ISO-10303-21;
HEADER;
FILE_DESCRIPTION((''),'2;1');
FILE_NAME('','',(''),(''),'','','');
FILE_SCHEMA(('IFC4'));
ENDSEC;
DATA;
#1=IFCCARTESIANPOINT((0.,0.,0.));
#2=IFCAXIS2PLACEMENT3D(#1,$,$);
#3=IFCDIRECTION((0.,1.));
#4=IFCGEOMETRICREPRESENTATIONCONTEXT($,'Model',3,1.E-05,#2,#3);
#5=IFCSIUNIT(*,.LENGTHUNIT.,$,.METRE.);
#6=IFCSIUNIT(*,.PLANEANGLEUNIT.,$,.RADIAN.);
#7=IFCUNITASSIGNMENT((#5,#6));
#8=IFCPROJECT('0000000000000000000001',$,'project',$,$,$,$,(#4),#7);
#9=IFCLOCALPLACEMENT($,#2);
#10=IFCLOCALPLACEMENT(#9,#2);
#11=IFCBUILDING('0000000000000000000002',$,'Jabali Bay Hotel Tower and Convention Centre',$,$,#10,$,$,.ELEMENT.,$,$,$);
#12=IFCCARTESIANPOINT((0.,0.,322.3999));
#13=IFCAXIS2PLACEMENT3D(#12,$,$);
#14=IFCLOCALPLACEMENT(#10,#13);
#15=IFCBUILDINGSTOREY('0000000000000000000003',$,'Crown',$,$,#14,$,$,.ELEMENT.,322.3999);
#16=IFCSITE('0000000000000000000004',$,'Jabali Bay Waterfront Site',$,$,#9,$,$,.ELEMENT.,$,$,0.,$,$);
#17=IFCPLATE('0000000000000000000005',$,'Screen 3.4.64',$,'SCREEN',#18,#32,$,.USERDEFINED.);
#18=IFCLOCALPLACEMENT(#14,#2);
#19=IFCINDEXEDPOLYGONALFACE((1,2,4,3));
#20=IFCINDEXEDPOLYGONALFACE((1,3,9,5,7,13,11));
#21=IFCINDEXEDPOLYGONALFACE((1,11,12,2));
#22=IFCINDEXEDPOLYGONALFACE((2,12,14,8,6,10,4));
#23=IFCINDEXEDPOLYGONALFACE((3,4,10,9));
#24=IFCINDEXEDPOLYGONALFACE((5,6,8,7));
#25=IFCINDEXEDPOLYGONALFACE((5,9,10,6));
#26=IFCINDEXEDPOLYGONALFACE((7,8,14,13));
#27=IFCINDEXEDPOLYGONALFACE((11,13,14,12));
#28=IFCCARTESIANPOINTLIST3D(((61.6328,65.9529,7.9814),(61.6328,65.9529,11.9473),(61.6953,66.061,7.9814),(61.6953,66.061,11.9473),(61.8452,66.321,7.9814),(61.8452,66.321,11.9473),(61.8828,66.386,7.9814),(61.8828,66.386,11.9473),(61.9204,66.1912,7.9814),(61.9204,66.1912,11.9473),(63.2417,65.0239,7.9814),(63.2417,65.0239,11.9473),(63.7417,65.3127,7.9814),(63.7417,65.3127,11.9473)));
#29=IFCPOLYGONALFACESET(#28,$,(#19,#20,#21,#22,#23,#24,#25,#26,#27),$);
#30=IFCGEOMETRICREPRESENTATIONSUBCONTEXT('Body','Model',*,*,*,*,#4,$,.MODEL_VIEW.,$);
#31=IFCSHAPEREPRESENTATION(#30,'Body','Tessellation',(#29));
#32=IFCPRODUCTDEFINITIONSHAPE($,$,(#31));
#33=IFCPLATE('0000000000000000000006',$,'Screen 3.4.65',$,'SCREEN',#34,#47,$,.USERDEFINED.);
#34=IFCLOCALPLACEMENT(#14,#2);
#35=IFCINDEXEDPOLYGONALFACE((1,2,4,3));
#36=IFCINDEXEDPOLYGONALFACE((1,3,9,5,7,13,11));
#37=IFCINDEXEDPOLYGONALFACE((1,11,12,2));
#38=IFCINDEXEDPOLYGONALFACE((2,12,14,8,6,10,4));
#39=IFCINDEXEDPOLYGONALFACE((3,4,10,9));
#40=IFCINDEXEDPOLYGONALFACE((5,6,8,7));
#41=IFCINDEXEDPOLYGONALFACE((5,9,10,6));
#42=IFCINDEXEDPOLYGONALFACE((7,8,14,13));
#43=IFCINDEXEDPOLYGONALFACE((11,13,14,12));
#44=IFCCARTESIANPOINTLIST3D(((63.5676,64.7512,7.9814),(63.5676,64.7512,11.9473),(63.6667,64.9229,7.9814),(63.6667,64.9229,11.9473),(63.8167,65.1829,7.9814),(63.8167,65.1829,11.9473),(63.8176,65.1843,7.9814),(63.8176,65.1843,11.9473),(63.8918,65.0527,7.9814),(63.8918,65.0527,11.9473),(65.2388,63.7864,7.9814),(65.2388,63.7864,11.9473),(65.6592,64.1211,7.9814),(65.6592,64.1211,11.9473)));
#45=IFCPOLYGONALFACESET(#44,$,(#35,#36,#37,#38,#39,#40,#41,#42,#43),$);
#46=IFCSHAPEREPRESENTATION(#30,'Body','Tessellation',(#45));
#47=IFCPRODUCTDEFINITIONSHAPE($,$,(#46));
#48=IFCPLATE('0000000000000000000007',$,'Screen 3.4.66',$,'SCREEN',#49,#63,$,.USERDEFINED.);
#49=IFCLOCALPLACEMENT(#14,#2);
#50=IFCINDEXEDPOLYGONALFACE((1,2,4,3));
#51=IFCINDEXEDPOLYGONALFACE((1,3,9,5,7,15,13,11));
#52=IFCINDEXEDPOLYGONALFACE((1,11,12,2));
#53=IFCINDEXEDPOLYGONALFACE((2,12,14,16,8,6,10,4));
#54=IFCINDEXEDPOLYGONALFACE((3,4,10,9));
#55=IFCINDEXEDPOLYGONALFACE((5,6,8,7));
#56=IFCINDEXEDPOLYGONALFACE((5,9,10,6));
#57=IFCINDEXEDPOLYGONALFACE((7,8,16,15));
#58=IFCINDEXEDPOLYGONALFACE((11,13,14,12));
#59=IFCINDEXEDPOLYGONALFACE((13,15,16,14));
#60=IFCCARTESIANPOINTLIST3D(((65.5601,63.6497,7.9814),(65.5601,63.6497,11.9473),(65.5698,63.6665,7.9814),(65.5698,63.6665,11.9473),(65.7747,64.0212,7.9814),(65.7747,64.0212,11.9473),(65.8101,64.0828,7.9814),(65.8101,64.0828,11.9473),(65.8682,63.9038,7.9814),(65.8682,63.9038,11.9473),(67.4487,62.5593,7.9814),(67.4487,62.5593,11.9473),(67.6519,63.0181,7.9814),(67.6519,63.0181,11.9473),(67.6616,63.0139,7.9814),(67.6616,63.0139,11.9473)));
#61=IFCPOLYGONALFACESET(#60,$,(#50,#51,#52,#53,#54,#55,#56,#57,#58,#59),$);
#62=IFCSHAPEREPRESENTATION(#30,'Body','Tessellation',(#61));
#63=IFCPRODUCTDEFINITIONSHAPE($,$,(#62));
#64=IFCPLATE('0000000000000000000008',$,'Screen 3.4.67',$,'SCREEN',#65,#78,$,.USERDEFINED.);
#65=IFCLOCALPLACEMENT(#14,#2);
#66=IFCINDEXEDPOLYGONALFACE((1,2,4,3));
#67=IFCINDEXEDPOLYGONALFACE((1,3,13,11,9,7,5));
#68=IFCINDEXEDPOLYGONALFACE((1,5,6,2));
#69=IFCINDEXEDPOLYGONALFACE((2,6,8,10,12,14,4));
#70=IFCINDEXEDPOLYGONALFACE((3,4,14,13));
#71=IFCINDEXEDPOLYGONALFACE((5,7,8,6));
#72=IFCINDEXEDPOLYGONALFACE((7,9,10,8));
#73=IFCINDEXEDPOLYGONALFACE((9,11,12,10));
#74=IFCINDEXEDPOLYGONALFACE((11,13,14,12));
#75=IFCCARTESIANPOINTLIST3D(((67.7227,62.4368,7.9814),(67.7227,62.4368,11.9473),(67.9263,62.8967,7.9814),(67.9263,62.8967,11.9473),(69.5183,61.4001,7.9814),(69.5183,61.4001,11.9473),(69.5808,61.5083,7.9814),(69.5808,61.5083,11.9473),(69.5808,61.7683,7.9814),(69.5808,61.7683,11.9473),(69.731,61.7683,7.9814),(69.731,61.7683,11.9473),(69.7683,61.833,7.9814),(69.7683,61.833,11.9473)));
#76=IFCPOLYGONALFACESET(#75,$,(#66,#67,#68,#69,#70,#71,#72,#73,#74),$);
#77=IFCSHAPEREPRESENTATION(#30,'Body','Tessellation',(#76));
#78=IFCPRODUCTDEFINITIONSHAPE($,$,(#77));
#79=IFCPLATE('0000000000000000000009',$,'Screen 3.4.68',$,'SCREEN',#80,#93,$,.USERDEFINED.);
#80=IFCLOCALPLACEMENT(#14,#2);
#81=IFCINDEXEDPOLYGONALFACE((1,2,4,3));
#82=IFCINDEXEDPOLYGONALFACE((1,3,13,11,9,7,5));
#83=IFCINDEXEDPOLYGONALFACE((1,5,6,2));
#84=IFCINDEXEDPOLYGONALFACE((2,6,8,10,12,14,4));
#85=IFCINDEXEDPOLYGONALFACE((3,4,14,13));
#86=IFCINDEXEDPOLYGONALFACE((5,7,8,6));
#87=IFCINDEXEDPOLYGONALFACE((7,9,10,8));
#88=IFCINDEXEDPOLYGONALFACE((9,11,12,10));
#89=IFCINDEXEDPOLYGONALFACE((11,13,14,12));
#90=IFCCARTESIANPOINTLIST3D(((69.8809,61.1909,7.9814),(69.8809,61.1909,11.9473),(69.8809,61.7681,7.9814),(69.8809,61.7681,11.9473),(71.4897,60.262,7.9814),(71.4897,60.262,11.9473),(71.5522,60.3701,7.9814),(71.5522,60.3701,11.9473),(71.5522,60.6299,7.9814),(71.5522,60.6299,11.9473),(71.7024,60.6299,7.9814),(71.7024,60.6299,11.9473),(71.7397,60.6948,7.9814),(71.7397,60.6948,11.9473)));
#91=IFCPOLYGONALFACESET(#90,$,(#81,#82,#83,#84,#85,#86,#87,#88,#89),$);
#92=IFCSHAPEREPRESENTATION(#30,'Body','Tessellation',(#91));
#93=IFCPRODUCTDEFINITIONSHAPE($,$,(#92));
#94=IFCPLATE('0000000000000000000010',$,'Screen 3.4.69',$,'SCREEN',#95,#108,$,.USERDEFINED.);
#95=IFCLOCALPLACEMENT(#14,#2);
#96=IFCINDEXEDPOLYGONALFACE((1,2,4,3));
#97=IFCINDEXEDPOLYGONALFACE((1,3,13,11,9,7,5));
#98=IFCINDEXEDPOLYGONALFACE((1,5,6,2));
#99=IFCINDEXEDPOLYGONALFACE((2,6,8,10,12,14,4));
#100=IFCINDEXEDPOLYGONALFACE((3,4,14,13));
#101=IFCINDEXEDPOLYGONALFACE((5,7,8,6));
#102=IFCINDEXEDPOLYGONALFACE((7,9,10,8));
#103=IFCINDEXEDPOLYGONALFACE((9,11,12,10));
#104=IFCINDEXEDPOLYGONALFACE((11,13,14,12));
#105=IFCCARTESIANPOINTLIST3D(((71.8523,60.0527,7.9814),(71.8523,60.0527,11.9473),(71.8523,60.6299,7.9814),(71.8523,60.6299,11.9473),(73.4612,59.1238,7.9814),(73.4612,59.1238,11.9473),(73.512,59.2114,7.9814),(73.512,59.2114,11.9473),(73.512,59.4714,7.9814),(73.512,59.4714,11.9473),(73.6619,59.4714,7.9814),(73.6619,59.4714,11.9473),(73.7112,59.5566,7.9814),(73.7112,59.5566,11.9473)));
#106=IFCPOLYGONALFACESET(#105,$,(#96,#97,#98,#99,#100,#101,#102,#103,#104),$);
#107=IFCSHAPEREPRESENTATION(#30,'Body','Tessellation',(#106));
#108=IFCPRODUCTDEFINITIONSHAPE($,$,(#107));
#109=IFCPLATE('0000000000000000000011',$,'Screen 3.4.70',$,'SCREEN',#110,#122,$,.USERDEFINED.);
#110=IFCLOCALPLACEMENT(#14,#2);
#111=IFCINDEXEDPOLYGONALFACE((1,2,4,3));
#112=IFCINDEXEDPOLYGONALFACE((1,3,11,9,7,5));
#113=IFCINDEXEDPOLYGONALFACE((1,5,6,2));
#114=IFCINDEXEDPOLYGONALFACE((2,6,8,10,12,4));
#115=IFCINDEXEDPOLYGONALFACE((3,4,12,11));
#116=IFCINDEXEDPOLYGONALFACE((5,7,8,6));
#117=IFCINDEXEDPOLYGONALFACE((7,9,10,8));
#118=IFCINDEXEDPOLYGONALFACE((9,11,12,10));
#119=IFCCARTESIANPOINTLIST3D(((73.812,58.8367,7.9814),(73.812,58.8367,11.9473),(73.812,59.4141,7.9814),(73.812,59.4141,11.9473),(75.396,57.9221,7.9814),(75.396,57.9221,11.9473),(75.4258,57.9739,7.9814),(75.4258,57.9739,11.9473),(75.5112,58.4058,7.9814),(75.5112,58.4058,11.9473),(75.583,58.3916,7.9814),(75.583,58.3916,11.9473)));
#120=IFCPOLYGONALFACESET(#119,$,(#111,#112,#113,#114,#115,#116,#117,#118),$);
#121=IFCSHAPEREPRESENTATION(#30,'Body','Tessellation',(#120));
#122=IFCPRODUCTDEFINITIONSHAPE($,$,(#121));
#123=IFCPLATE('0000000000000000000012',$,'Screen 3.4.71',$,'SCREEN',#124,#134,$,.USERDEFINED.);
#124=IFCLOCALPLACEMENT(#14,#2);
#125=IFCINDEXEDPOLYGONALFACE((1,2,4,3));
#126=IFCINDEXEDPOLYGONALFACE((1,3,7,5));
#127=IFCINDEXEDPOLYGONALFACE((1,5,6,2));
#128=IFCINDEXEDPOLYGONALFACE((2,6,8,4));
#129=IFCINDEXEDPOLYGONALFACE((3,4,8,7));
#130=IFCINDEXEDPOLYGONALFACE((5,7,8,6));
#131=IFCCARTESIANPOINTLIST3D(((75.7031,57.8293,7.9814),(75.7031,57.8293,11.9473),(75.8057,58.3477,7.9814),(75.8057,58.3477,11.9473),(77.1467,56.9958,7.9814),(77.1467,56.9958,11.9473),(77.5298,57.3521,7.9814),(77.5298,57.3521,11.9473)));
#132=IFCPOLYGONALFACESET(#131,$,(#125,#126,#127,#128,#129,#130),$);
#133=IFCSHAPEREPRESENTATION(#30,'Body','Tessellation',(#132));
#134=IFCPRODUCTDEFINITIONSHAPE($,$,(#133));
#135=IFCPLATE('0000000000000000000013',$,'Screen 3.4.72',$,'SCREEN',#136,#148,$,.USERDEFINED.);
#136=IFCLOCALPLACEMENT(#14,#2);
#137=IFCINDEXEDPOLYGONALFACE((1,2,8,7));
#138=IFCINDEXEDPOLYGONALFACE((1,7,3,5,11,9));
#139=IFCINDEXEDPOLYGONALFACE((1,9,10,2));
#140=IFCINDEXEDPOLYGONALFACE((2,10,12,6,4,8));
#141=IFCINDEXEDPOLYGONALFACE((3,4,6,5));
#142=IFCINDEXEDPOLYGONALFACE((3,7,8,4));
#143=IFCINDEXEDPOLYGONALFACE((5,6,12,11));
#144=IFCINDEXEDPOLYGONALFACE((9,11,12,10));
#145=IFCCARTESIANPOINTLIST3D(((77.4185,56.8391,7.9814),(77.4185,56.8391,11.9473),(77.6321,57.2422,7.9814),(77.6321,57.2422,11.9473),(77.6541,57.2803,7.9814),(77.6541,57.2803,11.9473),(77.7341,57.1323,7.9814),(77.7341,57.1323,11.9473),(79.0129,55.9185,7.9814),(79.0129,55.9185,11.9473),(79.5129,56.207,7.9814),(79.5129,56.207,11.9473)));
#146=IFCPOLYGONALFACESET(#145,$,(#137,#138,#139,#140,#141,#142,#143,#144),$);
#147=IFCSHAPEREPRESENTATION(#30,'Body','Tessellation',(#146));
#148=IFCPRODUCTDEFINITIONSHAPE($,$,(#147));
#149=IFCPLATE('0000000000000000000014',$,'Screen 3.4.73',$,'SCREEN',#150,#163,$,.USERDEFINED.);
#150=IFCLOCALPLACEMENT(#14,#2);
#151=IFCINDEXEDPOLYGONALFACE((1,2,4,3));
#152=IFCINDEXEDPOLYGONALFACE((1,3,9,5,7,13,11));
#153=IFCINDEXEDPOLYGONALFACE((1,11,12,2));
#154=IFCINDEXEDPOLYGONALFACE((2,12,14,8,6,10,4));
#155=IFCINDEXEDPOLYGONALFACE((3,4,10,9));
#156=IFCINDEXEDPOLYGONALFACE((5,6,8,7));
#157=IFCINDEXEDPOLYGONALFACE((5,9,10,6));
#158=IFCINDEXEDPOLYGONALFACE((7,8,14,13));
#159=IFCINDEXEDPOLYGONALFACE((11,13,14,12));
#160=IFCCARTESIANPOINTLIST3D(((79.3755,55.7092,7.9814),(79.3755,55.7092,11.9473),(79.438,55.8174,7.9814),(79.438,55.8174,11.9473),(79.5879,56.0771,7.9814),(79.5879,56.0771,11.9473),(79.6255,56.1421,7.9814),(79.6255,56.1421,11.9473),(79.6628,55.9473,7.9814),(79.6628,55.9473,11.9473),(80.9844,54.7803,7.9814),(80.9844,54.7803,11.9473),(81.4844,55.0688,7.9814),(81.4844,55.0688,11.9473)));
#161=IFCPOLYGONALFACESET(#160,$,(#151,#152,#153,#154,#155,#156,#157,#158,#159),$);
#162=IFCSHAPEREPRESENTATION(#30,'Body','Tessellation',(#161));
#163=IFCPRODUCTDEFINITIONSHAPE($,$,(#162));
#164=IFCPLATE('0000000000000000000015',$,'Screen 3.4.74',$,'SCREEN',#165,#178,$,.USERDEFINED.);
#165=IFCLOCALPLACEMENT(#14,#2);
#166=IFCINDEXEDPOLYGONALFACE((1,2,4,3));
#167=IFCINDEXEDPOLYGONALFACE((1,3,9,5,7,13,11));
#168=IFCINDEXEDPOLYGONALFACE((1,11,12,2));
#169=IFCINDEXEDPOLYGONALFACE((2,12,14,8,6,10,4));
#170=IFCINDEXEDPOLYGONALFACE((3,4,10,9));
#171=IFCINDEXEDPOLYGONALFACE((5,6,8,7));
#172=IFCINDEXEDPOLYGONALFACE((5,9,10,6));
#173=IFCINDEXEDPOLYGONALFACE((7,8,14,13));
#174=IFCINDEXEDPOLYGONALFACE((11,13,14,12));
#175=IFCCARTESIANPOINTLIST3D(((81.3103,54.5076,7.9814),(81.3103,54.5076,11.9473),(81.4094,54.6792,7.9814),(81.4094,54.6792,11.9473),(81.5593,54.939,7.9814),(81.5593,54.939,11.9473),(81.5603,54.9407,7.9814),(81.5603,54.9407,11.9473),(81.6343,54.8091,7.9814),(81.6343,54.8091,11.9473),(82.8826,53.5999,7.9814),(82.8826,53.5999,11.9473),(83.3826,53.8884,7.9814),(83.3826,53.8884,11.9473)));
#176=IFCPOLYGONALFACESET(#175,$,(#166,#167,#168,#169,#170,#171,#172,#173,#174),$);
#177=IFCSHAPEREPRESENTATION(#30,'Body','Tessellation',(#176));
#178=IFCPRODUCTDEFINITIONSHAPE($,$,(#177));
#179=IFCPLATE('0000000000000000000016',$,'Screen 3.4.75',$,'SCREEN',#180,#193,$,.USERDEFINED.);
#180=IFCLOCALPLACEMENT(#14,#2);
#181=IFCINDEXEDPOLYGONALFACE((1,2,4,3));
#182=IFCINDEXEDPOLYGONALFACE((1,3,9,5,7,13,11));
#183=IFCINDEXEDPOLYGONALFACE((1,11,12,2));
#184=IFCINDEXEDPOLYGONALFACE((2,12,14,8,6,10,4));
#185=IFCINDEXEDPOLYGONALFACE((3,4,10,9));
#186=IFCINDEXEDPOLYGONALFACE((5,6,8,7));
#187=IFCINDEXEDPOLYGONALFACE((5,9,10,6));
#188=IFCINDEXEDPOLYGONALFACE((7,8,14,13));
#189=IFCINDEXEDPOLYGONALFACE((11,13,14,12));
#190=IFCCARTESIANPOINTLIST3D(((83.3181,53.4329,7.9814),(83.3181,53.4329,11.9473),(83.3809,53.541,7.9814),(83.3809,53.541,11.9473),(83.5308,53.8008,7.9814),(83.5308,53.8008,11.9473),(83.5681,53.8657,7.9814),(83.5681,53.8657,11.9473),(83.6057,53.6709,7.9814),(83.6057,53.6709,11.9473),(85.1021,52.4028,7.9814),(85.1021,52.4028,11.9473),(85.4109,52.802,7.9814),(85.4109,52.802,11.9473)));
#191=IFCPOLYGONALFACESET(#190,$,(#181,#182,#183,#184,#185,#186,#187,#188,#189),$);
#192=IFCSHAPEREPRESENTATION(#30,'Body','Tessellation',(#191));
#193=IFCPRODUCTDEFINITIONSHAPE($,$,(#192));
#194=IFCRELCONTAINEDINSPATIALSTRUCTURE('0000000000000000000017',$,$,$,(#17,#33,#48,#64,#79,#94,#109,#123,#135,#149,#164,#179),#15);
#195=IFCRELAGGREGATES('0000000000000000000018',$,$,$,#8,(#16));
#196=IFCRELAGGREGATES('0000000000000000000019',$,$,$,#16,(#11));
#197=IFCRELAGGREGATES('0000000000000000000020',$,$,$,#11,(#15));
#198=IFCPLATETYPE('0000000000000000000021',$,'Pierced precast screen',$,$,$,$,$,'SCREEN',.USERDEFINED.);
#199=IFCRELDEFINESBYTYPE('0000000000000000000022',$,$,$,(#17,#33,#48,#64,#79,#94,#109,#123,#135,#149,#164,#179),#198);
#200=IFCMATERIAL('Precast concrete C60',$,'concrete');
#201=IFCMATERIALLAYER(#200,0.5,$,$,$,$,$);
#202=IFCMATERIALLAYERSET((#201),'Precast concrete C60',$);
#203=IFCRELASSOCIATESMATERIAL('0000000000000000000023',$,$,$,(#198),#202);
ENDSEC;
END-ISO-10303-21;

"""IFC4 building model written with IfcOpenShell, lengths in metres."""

from ifc_helpers import new_model, si_unit, direction, frame, origin, place, context, subcontext, project, spatial, polyline, outline, extrude, material, layer, layer_set, type_object, element, save


model = new_model("IFC4")

# Units and contexts
model_context = context("Model", 3, precision=1e-05, world=origin(), true_north=direction((0.0, 1.0)))
body_context = subcontext(model_context, "Body", "Model", "MODEL_VIEW")
ifc_project = project(units=[si_unit("LENGTHUNIT", "METRE"), si_unit("PLANEANGLEUNIT", "RADIAN")], contexts=[model_context])

# Site, building, storey
site_placement = place(None, origin())
site = spatial("IfcSite", under=ifc_project, at=site_placement, Name="Jabali Bay Waterfront Site", CompositionType="ELEMENT", RefElevation=0.0)
building_placement = place(site_placement, origin())
building = spatial("IfcBuilding", under=site, at=building_placement, Name="Jabali Bay Hotel Tower and Convention Centre", CompositionType="ELEMENT")
storey_placement = place(building_placement, frame((0.0, 0.0, 322.3999)))
storey = spatial("IfcBuildingStorey", under=building, at=storey_placement, Name="Crown", CompositionType="ELEMENT", Elevation=322.3999)

# Plates
ifc_material = material(Name="Precast concrete C60", Category="concrete")
ifc_layer = layer(ifc_material, 0.5)
ifc_layer_set = layer_set([ifc_layer], Name="Precast concrete C60")
plate_type = type_object("IfcPlateType", Name="Pierced precast screen", ElementType="SCREEN", PredefinedType="USERDEFINED", material=ifc_layer_set)
plate_1_placement = place(storey_placement, frame((0.0, 0.0, 7.9814)))
element("IfcPlate", 1, at=plate_1_placement, inside=storey, type_object=plate_type, Name="Screen 3.4.64", ObjectType="SCREEN", PredefinedType="USERDEFINED", context=body_context, shape_type="SweptSolid", body=[
    extrude(outline(polyline([(63.7417, 65.3127), (61.8828, 66.386), (61.8452, 66.321), (61.9204, 66.1912), (61.6953, 66.061), (61.6328, 65.9529), (63.2417, 65.0239), (63.7417, 65.3127)])), origin(), (0.0, 0.0, 1.0), 3.9658),
])
plate_2_placement = place(storey_placement, frame((0.0, 0.0, 7.9814)))
element("IfcPlate", 2, at=plate_2_placement, inside=storey, type_object=plate_type, Name="Screen 3.4.65", ObjectType="SCREEN", PredefinedType="USERDEFINED", context=body_context, shape_type="SweptSolid", body=[
    extrude(outline(polyline([(65.6592, 64.1211), (63.8176, 65.1843), (63.8167, 65.1829), (63.8918, 65.0527), (63.6667, 64.9229), (63.5676, 64.7512), (65.2388, 63.7864), (65.6592, 64.1211)])), origin(), (0.0, 0.0, 1.0), 3.9658),
])
plate_3_placement = place(storey_placement, frame((0.0, 0.0, 7.9814)))
element("IfcPlate", 3, at=plate_3_placement, inside=storey, type_object=plate_type, Name="Screen 3.4.66", ObjectType="SCREEN", PredefinedType="USERDEFINED", context=body_context, shape_type="SweptSolid", body=[
    extrude(outline(polyline([(67.6616, 63.0139), (65.8101, 64.0828), (65.7747, 64.0212), (65.8682, 63.9038), (65.5698, 63.6665), (65.5601, 63.6497), (67.4487, 62.5593), (67.6519, 63.0181), (67.6616, 63.0139)])), origin(), (0.0, 0.0, 1.0), 3.9658),
])
plate_4_placement = place(storey_placement, frame((0.0, 0.0, 7.9814)))
element("IfcPlate", 4, at=plate_4_placement, inside=storey, type_object=plate_type, Name="Screen 3.4.67", ObjectType="SCREEN", PredefinedType="USERDEFINED", context=body_context, shape_type="SweptSolid", body=[
    extrude(outline(polyline([(69.7683, 61.833), (67.9263, 62.8967), (67.7227, 62.4368), (69.5183, 61.4001), (69.5808, 61.5083), (69.5808, 61.7683), (69.731, 61.7683), (69.7683, 61.833)])), origin(), (0.0, 0.0, 1.0), 3.9658),
])
plate_5_placement = place(storey_placement, frame((0.0, 0.0, 7.9814)))
element("IfcPlate", 5, at=plate_5_placement, inside=storey, type_object=plate_type, Name="Screen 3.4.68", ObjectType="SCREEN", PredefinedType="USERDEFINED", context=body_context, shape_type="SweptSolid", body=[
    extrude(outline(polyline([(71.7397, 60.6948), (69.8809, 61.7681), (69.8809, 61.1909), (71.4897, 60.262), (71.5522, 60.3701), (71.5522, 60.6299), (71.7024, 60.6299), (71.7397, 60.6948)])), origin(), (0.0, 0.0, 1.0), 3.9658),
])
plate_6_placement = place(storey_placement, frame((0.0, 0.0, 7.9814)))
element("IfcPlate", 6, at=plate_6_placement, inside=storey, type_object=plate_type, Name="Screen 3.4.69", ObjectType="SCREEN", PredefinedType="USERDEFINED", context=body_context, shape_type="SweptSolid", body=[
    extrude(outline(polyline([(73.7112, 59.5566), (71.8523, 60.6299), (71.8523, 60.0527), (73.4612, 59.1238), (73.512, 59.2114), (73.512, 59.4714), (73.6619, 59.4714), (73.7112, 59.5566)])), origin(), (0.0, 0.0, 1.0), 3.9658),
])
plate_7_placement = place(storey_placement, frame((0.0, 0.0, 7.9814)))
element("IfcPlate", 7, at=plate_7_placement, inside=storey, type_object=plate_type, Name="Screen 3.4.70", ObjectType="SCREEN", PredefinedType="USERDEFINED", context=body_context, shape_type="SweptSolid", body=[
    extrude(outline(polyline([(75.583, 58.3916), (73.812, 59.4141), (73.812, 58.8367), (75.396, 57.9221), (75.4258, 57.9739), (75.5112, 58.4058), (75.583, 58.3916)])), origin(), (0.0, 0.0, 1.0), 3.9658),
])
plate_8_placement = place(storey_placement, frame((0.0, 0.0, 7.9814)))
element("IfcPlate", 8, at=plate_8_placement, inside=storey, type_object=plate_type, Name="Screen 3.4.71", ObjectType="SCREEN", PredefinedType="USERDEFINED", context=body_context, shape_type="SweptSolid", body=[
    extrude(outline(polyline([(77.5298, 57.3521), (75.8057, 58.3477), (75.7031, 57.8293), (77.1467, 56.9958), (77.5298, 57.3521)])), origin(), (0.0, 0.0, 1.0), 3.9658),
])
plate_9_placement = place(storey_placement, frame((0.0, 0.0, 7.9814)))
element("IfcPlate", 9, at=plate_9_placement, inside=storey, type_object=plate_type, Name="Screen 3.4.72", ObjectType="SCREEN", PredefinedType="USERDEFINED", context=body_context, shape_type="SweptSolid", body=[
    extrude(outline(polyline([(79.5129, 56.207), (77.6541, 57.2803), (77.6321, 57.2422), (77.7341, 57.1323), (77.4185, 56.8391), (79.0129, 55.9185), (79.5129, 56.207)])), origin(), (0.0, 0.0, 1.0), 3.9658),
])
plate_10_placement = place(storey_placement, frame((0.0, 0.0, 7.9814)))
element("IfcPlate", 10, at=plate_10_placement, inside=storey, type_object=plate_type, Name="Screen 3.4.73", ObjectType="SCREEN", PredefinedType="USERDEFINED", context=body_context, shape_type="SweptSolid", body=[
    extrude(outline(polyline([(81.4844, 55.0688), (79.6255, 56.1421), (79.5879, 56.0771), (79.6628, 55.9473), (79.438, 55.8174), (79.3755, 55.7092), (80.9844, 54.7803), (81.4844, 55.0688)])), origin(), (0.0, 0.0, 1.0), 3.9658),
])
plate_11_placement = place(storey_placement, frame((0.0, 0.0, 7.9814)))
element("IfcPlate", 11, at=plate_11_placement, inside=storey, type_object=plate_type, Name="Screen 3.4.74", ObjectType="SCREEN", PredefinedType="USERDEFINED", context=body_context, shape_type="SweptSolid", body=[
    extrude(outline(polyline([(83.3826, 53.8884), (81.5603, 54.9407), (81.5593, 54.939), (81.6343, 54.8091), (81.4094, 54.6792), (81.3103, 54.5076), (82.8826, 53.5999), (83.3826, 53.8884)])), origin(), (0.0, 0.0, 1.0), 3.9658),
])
plate_12_placement = place(storey_placement, frame((0.0, 0.0, 7.9814)))
element("IfcPlate", 12, at=plate_12_placement, inside=storey, type_object=plate_type, Name="Screen 3.4.75", ObjectType="SCREEN", PredefinedType="USERDEFINED", context=body_context, shape_type="SweptSolid", body=[
    extrude(outline(polyline([(85.4109, 52.802), (83.5681, 53.8657), (83.5308, 53.8008), (83.6057, 53.6709), (83.3809, 53.541), (83.3181, 53.4329), (85.1021, 52.4028), (85.4109, 52.802)])), origin(), (0.0, 0.0, 1.0), 3.9658),
])

save(model, "model.ifc")
